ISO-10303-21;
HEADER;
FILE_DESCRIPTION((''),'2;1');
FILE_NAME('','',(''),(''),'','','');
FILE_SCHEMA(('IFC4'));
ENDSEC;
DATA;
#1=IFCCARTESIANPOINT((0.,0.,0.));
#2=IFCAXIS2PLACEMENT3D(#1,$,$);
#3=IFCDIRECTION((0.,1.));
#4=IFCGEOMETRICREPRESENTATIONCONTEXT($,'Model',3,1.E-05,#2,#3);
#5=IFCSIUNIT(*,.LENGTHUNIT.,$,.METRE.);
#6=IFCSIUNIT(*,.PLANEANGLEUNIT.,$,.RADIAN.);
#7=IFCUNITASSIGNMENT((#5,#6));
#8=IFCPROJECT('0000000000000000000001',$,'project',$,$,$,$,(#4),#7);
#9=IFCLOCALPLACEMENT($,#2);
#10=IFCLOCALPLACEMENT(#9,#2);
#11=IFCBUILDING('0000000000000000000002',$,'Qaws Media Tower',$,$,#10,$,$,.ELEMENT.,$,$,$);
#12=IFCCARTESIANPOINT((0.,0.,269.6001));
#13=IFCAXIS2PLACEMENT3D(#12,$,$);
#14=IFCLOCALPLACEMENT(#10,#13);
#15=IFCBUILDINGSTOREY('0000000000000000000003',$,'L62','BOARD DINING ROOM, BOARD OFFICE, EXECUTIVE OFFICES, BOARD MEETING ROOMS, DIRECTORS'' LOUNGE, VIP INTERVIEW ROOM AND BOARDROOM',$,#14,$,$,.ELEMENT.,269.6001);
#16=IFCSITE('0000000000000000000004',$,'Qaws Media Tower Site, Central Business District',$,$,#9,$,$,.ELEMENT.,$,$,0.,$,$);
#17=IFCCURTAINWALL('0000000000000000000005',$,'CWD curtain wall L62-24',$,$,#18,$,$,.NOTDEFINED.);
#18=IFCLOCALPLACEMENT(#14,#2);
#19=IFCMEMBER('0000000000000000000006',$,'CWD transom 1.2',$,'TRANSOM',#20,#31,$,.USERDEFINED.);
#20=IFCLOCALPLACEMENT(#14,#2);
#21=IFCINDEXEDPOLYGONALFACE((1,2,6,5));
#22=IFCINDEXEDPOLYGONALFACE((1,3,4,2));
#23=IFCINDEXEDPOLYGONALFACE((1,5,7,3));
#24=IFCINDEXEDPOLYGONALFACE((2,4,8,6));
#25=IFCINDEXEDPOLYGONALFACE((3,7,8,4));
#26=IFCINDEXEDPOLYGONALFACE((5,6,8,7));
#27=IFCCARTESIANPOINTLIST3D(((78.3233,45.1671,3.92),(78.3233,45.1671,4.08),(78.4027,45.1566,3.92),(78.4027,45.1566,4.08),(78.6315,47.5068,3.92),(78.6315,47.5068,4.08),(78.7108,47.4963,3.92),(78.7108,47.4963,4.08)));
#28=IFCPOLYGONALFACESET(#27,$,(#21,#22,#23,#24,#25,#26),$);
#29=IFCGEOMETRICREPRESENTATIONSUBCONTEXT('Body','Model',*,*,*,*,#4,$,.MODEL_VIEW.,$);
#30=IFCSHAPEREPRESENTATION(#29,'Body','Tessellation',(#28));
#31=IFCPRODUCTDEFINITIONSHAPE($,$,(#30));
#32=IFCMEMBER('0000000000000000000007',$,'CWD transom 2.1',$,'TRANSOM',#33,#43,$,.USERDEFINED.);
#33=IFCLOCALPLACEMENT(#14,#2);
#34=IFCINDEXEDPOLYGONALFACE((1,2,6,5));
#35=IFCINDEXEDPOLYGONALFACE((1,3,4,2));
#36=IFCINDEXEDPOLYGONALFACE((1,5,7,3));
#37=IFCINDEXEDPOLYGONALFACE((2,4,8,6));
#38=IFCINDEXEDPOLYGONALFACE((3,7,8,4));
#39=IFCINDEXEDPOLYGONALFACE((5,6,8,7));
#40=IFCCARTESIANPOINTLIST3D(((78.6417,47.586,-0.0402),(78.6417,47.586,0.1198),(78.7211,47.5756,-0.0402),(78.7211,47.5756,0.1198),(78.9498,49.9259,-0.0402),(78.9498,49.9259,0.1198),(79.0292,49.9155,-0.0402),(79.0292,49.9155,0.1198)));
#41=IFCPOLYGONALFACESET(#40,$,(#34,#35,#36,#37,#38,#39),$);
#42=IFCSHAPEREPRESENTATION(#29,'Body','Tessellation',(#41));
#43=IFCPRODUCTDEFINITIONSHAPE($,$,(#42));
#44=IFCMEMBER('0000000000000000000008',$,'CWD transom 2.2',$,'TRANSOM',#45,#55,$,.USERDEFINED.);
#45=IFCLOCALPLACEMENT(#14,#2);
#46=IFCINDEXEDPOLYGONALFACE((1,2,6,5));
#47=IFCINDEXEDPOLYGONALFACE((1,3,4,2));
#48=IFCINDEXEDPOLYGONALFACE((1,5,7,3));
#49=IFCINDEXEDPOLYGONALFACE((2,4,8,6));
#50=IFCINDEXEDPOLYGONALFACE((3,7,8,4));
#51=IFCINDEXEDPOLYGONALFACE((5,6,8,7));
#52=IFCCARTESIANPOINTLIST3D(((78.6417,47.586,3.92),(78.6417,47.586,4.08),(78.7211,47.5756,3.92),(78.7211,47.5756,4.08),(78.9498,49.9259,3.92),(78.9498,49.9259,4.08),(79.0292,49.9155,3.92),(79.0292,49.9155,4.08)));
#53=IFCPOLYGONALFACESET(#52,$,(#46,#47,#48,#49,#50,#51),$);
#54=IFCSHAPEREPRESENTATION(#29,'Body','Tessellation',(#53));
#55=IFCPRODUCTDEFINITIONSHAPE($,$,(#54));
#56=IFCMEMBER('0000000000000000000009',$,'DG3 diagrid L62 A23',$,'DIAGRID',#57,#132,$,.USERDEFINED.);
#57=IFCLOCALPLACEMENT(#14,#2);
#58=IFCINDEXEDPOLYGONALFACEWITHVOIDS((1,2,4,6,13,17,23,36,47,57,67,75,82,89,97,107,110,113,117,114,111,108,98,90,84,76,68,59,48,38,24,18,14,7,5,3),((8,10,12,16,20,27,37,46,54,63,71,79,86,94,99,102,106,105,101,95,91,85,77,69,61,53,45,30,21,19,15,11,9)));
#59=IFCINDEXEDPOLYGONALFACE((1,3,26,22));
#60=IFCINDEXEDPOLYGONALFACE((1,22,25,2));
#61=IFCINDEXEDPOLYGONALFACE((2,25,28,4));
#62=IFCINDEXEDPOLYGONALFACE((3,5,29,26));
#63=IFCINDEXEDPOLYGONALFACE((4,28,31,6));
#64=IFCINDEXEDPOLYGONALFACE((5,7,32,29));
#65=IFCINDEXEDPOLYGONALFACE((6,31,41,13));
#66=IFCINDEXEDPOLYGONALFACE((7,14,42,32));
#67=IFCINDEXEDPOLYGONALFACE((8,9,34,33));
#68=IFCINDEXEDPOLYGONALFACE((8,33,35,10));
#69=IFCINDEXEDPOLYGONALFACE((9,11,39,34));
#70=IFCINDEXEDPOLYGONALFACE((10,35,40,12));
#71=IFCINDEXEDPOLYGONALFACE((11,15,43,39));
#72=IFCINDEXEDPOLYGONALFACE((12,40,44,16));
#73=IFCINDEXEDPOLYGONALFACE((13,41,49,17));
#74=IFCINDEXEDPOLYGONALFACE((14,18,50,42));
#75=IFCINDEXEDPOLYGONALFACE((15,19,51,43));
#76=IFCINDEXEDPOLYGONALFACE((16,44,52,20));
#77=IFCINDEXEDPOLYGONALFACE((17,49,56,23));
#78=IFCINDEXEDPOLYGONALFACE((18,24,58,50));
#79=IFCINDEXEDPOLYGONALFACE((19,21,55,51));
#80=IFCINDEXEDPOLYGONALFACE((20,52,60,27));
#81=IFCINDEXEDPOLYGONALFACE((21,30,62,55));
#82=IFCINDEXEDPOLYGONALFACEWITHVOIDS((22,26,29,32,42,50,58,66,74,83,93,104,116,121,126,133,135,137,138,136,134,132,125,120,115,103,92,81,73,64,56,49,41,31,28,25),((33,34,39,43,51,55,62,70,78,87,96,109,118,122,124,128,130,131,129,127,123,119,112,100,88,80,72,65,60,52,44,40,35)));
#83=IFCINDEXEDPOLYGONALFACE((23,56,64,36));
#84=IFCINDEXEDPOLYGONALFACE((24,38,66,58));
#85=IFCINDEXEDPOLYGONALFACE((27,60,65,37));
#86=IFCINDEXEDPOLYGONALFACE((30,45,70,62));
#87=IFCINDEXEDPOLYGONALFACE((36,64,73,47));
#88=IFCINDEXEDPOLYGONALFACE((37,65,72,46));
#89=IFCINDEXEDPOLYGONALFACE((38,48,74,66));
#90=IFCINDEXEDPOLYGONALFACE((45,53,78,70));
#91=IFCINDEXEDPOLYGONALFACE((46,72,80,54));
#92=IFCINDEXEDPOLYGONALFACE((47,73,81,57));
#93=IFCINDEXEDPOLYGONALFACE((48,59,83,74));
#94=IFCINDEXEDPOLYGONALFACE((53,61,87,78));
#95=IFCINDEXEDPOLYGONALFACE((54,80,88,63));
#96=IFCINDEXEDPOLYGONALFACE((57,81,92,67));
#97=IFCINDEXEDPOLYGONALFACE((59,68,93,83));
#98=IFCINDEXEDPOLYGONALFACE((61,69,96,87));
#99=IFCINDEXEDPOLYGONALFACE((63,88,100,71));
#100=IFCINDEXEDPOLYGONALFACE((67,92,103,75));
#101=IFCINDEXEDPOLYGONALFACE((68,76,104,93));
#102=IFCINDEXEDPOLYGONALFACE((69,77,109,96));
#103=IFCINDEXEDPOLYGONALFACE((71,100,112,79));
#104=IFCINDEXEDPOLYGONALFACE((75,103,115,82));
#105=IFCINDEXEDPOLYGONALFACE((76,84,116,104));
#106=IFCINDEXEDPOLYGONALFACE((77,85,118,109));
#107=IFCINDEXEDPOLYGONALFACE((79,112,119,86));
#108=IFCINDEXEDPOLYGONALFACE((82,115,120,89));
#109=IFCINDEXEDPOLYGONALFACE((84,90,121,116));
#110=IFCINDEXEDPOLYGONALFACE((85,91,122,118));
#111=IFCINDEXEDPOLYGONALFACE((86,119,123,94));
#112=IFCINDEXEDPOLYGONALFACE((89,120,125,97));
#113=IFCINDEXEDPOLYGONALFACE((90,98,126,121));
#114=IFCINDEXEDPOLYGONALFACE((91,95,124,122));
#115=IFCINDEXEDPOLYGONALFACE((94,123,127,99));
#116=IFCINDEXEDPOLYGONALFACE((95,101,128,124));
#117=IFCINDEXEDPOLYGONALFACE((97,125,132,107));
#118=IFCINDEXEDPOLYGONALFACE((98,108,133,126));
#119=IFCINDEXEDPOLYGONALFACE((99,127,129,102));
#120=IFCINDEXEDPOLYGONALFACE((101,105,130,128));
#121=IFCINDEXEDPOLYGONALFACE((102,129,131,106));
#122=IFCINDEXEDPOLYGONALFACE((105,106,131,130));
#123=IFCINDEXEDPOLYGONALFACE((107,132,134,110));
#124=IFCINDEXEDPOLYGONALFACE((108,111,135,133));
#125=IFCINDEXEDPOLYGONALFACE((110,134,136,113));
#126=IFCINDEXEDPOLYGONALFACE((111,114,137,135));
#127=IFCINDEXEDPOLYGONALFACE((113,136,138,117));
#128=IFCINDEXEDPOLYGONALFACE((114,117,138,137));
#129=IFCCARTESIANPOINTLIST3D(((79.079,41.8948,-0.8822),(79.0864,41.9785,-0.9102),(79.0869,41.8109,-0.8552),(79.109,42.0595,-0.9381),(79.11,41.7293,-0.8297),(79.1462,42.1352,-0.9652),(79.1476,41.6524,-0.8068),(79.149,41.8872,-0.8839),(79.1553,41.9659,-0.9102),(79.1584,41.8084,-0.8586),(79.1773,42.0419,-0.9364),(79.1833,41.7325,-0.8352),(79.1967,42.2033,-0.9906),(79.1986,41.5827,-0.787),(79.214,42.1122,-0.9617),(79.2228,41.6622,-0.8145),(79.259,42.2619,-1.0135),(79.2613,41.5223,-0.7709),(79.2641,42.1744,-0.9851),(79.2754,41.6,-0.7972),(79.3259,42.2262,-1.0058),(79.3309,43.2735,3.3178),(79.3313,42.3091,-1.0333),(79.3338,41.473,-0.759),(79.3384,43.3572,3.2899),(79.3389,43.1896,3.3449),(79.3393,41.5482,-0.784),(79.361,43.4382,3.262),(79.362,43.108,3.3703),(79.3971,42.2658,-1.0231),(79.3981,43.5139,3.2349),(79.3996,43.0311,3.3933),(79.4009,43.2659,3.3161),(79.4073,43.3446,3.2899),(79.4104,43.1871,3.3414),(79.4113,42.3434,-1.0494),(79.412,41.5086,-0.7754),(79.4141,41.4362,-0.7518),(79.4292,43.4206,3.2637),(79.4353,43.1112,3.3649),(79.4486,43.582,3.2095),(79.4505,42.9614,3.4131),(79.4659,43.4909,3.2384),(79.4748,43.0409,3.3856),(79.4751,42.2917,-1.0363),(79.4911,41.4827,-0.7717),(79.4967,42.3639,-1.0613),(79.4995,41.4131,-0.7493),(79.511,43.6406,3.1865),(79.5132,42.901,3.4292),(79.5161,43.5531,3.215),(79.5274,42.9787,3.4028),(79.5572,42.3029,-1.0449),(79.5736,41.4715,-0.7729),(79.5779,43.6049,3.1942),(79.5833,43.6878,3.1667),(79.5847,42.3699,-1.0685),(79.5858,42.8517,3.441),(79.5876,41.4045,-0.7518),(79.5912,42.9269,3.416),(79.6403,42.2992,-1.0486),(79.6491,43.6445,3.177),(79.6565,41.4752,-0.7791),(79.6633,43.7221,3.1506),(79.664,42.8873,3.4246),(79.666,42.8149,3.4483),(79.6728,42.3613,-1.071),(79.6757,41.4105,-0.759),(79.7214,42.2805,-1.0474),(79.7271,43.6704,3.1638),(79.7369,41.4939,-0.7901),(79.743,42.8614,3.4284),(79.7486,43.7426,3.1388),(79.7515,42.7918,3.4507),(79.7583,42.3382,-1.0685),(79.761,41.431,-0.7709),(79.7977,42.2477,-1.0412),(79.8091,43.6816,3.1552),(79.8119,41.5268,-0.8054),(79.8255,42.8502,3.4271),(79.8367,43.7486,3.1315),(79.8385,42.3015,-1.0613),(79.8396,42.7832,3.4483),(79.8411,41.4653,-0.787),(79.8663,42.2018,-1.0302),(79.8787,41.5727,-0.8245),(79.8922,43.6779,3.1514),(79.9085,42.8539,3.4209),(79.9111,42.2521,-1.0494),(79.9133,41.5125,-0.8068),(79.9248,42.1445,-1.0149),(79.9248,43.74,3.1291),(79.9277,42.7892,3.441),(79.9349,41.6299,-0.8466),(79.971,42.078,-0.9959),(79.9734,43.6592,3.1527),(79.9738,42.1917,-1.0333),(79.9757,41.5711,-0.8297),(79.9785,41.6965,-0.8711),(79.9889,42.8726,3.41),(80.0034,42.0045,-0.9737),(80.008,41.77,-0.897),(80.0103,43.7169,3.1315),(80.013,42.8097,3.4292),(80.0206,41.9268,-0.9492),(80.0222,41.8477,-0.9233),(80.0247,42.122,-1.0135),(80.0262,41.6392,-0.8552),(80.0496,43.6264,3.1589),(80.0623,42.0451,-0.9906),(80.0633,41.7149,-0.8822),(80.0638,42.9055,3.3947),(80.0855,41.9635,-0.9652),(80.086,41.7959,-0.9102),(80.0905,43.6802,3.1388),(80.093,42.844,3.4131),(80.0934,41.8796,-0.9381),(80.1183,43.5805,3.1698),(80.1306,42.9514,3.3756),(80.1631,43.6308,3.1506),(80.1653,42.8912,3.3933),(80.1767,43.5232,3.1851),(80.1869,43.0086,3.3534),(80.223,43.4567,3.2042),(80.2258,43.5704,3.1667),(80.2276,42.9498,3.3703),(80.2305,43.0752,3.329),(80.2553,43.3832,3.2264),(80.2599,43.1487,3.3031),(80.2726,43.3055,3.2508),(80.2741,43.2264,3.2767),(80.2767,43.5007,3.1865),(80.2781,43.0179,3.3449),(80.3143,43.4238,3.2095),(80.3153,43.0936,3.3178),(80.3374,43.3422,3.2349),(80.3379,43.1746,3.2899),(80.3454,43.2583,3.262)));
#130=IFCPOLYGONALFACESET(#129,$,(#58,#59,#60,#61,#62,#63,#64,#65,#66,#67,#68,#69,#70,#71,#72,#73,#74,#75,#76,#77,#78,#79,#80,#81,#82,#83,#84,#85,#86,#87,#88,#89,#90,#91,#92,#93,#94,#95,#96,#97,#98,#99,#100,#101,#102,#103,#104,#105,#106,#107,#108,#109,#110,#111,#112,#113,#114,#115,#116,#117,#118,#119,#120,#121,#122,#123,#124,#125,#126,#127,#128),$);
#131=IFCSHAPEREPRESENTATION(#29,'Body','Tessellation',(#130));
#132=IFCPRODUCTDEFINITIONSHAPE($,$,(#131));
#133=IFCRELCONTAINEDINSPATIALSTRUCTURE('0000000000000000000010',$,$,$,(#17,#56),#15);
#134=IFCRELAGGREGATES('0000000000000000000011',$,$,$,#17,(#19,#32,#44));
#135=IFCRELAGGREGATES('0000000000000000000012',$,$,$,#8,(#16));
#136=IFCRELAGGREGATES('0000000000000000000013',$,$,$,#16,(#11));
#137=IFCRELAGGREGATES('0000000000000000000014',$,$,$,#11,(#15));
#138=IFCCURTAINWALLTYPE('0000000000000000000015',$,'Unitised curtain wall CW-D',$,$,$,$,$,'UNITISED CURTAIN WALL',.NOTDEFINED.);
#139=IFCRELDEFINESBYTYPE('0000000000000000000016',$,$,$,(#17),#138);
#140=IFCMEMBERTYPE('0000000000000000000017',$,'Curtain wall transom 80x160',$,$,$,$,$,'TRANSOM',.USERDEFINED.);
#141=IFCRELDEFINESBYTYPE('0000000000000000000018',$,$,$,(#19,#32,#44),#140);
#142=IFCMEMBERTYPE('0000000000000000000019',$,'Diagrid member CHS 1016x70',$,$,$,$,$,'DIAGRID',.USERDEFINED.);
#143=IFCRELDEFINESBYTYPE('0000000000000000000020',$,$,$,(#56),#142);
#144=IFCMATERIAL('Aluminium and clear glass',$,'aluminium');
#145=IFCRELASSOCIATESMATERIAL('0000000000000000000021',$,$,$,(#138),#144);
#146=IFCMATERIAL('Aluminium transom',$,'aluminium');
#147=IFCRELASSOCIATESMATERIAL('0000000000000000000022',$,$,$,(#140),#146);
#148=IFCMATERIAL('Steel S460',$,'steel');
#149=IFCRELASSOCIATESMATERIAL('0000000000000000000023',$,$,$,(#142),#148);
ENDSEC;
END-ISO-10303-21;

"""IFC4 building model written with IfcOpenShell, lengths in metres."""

from ifc_helpers import new_model, si_unit, direction, frame, origin, origin_2d, place, context, subcontext, project, spatial, rectangle, hollow_circle, extrude, material, material_profile, profile_set, type_object, element, aggregate, save


model = new_model("IFC4")

# Units and contexts
model_context = context("Model", 3, precision=1e-05, world=origin(), true_north=direction((0.0, 1.0)))
body_context = subcontext(model_context, "Body", "Model", "MODEL_VIEW")
ifc_project = project(units=[si_unit("LENGTHUNIT", "METRE"), si_unit("PLANEANGLEUNIT", "RADIAN")], contexts=[model_context])

# Site, building, storey
site_placement = place(None, origin())
site = spatial("IfcSite", under=ifc_project, at=site_placement, Name="Qaws Media Tower Site, Central Business District", CompositionType="ELEMENT", RefElevation=0.0)
building_placement = place(site_placement, origin())
building = spatial("IfcBuilding", under=site, at=building_placement, Name="Qaws Media Tower", CompositionType="ELEMENT")
storey_placement = place(building_placement, frame((0.0, 0.0, 269.6001)))
storey = spatial("IfcBuildingStorey", under=building, at=storey_placement, Name="L62", Description="BOARD DINING ROOM, BOARD OFFICE, EXECUTIVE OFFICES, BOARD MEETING ROOMS, DIRECTORS' LOUNGE, VIP INTERVIEW ROOM AND BOARDROOM", CompositionType="ELEMENT", Elevation=269.6001)

# Curtain wall
ifc_material_1 = material(Name="Aluminium and clear glass", Category="aluminium")
curtain_wall_type = type_object("IfcCurtainWallType", Name="Unitised curtain wall CW-D", ElementType="UNITISED CURTAIN WALL", PredefinedType="NOTDEFINED", material=ifc_material_1)
curtain_wall_1_placement = place(storey_placement, origin())
curtain_wall_1 = element("IfcCurtainWall", 1, at=curtain_wall_1_placement, inside=storey, type_object=curtain_wall_type, Name="CWD curtain wall L62-24", PredefinedType="NOTDEFINED")

# Members
ifc_material_2 = material(Name="Aluminium transom", Category="aluminium")
ifc_material_profile_1 = material_profile(ifc_material_2, rectangle(XDim=0.0801, YDim=0.1599, at=origin_2d()), Name="80x160")
ifc_profile_set_1 = profile_set([ifc_material_profile_1], Name="Aluminium transom")
member_type_1 = type_object("IfcMemberType", Name="Curtain wall transom 80x160", ElementType="TRANSOM", PredefinedType="USERDEFINED", material=ifc_profile_set_1)
member_1_placement = place(storey_placement, frame((78.363, 45.1619, 4.0), z_axis=(0.130564, 0.99144, 0.0), x_axis=(-0.99144, 0.130564, 0.0)))
member_1 = element("IfcMember", 2, at=member_1_placement, type_object=member_type_1, Name="CWD transom 1.2", ObjectType="TRANSOM", PredefinedType="USERDEFINED", context=body_context, shape_type="SweptSolid", body=[
    extrude(rectangle(XDim=0.0801, YDim=0.1599, at=origin_2d()), origin(), (0.0, 0.0, 1.0), 2.3599),
])
member_2_placement = place(storey_placement, frame((78.6814, 47.5808, 0.0398), z_axis=(0.130551, 0.991442, 0.0), x_axis=(-0.991442, 0.130551, 0.0)))
member_2 = element("IfcMember", 3, at=member_2_placement, type_object=member_type_1, Name="CWD transom 2.1", ObjectType="TRANSOM", PredefinedType="USERDEFINED", context=body_context, shape_type="SweptSolid", body=[
    extrude(rectangle(XDim=0.0801, YDim=0.1599, at=origin_2d()), origin(), (0.0, 0.0, 1.0), 2.3601),
])
member_3_placement = place(storey_placement, frame((78.6814, 47.5808, 4.0), z_axis=(0.130551, 0.991442, 0.0), x_axis=(-0.991442, 0.130551, 0.0)))
member_3 = element("IfcMember", 4, at=member_3_placement, type_object=member_type_1, Name="CWD transom 2.2", ObjectType="TRANSOM", PredefinedType="USERDEFINED", context=body_context, shape_type="SweptSolid", body=[
    extrude(rectangle(XDim=0.0801, YDim=0.1599, at=origin_2d()), origin(), (0.0, 0.0, 1.0), 2.3601),
])

# Member
ifc_material_3 = material(Name="Steel S460", Category="steel")
ifc_material_profile_2 = material_profile(ifc_material_3, hollow_circle(Radius=0.5081, WallThickness=0.0701, at=origin_2d()), Name="CHS 1016x70")
ifc_profile_set_2 = profile_set([ifc_material_profile_2], Name="Steel S460")
member_type_2 = type_object("IfcMemberType", Name="Diagrid member CHS 1016x70", ElementType="DIAGRID", PredefinedType="USERDEFINED", material=ifc_profile_set_2)
for number, where, z_axis, x_axis, name in (
    (5, (79.5862, 41.8872, -0.9102), (0.056905, 0.311378, 0.948581), (-0.983708, 0.179774, 0.0), "DG3 diagrid L62 A23"),
):
    element("IfcMember", number, at=place(storey_placement, frame(where, z_axis=z_axis, x_axis=x_axis)), inside=storey, type_object=member_type_2, Name=name, ObjectType="DIAGRID", PredefinedType="USERDEFINED", context=body_context, shape_type="SweptSolid", body=[
        extrude(hollow_circle(Radius=0.5081, WallThickness=0.0701, at=origin_2d()), origin(), (0.0, 0.0, 1.0), 4.4277),
    ])

aggregate(curtain_wall_1, [member_1, member_2, member_3])

save(model, "model.ifc")
